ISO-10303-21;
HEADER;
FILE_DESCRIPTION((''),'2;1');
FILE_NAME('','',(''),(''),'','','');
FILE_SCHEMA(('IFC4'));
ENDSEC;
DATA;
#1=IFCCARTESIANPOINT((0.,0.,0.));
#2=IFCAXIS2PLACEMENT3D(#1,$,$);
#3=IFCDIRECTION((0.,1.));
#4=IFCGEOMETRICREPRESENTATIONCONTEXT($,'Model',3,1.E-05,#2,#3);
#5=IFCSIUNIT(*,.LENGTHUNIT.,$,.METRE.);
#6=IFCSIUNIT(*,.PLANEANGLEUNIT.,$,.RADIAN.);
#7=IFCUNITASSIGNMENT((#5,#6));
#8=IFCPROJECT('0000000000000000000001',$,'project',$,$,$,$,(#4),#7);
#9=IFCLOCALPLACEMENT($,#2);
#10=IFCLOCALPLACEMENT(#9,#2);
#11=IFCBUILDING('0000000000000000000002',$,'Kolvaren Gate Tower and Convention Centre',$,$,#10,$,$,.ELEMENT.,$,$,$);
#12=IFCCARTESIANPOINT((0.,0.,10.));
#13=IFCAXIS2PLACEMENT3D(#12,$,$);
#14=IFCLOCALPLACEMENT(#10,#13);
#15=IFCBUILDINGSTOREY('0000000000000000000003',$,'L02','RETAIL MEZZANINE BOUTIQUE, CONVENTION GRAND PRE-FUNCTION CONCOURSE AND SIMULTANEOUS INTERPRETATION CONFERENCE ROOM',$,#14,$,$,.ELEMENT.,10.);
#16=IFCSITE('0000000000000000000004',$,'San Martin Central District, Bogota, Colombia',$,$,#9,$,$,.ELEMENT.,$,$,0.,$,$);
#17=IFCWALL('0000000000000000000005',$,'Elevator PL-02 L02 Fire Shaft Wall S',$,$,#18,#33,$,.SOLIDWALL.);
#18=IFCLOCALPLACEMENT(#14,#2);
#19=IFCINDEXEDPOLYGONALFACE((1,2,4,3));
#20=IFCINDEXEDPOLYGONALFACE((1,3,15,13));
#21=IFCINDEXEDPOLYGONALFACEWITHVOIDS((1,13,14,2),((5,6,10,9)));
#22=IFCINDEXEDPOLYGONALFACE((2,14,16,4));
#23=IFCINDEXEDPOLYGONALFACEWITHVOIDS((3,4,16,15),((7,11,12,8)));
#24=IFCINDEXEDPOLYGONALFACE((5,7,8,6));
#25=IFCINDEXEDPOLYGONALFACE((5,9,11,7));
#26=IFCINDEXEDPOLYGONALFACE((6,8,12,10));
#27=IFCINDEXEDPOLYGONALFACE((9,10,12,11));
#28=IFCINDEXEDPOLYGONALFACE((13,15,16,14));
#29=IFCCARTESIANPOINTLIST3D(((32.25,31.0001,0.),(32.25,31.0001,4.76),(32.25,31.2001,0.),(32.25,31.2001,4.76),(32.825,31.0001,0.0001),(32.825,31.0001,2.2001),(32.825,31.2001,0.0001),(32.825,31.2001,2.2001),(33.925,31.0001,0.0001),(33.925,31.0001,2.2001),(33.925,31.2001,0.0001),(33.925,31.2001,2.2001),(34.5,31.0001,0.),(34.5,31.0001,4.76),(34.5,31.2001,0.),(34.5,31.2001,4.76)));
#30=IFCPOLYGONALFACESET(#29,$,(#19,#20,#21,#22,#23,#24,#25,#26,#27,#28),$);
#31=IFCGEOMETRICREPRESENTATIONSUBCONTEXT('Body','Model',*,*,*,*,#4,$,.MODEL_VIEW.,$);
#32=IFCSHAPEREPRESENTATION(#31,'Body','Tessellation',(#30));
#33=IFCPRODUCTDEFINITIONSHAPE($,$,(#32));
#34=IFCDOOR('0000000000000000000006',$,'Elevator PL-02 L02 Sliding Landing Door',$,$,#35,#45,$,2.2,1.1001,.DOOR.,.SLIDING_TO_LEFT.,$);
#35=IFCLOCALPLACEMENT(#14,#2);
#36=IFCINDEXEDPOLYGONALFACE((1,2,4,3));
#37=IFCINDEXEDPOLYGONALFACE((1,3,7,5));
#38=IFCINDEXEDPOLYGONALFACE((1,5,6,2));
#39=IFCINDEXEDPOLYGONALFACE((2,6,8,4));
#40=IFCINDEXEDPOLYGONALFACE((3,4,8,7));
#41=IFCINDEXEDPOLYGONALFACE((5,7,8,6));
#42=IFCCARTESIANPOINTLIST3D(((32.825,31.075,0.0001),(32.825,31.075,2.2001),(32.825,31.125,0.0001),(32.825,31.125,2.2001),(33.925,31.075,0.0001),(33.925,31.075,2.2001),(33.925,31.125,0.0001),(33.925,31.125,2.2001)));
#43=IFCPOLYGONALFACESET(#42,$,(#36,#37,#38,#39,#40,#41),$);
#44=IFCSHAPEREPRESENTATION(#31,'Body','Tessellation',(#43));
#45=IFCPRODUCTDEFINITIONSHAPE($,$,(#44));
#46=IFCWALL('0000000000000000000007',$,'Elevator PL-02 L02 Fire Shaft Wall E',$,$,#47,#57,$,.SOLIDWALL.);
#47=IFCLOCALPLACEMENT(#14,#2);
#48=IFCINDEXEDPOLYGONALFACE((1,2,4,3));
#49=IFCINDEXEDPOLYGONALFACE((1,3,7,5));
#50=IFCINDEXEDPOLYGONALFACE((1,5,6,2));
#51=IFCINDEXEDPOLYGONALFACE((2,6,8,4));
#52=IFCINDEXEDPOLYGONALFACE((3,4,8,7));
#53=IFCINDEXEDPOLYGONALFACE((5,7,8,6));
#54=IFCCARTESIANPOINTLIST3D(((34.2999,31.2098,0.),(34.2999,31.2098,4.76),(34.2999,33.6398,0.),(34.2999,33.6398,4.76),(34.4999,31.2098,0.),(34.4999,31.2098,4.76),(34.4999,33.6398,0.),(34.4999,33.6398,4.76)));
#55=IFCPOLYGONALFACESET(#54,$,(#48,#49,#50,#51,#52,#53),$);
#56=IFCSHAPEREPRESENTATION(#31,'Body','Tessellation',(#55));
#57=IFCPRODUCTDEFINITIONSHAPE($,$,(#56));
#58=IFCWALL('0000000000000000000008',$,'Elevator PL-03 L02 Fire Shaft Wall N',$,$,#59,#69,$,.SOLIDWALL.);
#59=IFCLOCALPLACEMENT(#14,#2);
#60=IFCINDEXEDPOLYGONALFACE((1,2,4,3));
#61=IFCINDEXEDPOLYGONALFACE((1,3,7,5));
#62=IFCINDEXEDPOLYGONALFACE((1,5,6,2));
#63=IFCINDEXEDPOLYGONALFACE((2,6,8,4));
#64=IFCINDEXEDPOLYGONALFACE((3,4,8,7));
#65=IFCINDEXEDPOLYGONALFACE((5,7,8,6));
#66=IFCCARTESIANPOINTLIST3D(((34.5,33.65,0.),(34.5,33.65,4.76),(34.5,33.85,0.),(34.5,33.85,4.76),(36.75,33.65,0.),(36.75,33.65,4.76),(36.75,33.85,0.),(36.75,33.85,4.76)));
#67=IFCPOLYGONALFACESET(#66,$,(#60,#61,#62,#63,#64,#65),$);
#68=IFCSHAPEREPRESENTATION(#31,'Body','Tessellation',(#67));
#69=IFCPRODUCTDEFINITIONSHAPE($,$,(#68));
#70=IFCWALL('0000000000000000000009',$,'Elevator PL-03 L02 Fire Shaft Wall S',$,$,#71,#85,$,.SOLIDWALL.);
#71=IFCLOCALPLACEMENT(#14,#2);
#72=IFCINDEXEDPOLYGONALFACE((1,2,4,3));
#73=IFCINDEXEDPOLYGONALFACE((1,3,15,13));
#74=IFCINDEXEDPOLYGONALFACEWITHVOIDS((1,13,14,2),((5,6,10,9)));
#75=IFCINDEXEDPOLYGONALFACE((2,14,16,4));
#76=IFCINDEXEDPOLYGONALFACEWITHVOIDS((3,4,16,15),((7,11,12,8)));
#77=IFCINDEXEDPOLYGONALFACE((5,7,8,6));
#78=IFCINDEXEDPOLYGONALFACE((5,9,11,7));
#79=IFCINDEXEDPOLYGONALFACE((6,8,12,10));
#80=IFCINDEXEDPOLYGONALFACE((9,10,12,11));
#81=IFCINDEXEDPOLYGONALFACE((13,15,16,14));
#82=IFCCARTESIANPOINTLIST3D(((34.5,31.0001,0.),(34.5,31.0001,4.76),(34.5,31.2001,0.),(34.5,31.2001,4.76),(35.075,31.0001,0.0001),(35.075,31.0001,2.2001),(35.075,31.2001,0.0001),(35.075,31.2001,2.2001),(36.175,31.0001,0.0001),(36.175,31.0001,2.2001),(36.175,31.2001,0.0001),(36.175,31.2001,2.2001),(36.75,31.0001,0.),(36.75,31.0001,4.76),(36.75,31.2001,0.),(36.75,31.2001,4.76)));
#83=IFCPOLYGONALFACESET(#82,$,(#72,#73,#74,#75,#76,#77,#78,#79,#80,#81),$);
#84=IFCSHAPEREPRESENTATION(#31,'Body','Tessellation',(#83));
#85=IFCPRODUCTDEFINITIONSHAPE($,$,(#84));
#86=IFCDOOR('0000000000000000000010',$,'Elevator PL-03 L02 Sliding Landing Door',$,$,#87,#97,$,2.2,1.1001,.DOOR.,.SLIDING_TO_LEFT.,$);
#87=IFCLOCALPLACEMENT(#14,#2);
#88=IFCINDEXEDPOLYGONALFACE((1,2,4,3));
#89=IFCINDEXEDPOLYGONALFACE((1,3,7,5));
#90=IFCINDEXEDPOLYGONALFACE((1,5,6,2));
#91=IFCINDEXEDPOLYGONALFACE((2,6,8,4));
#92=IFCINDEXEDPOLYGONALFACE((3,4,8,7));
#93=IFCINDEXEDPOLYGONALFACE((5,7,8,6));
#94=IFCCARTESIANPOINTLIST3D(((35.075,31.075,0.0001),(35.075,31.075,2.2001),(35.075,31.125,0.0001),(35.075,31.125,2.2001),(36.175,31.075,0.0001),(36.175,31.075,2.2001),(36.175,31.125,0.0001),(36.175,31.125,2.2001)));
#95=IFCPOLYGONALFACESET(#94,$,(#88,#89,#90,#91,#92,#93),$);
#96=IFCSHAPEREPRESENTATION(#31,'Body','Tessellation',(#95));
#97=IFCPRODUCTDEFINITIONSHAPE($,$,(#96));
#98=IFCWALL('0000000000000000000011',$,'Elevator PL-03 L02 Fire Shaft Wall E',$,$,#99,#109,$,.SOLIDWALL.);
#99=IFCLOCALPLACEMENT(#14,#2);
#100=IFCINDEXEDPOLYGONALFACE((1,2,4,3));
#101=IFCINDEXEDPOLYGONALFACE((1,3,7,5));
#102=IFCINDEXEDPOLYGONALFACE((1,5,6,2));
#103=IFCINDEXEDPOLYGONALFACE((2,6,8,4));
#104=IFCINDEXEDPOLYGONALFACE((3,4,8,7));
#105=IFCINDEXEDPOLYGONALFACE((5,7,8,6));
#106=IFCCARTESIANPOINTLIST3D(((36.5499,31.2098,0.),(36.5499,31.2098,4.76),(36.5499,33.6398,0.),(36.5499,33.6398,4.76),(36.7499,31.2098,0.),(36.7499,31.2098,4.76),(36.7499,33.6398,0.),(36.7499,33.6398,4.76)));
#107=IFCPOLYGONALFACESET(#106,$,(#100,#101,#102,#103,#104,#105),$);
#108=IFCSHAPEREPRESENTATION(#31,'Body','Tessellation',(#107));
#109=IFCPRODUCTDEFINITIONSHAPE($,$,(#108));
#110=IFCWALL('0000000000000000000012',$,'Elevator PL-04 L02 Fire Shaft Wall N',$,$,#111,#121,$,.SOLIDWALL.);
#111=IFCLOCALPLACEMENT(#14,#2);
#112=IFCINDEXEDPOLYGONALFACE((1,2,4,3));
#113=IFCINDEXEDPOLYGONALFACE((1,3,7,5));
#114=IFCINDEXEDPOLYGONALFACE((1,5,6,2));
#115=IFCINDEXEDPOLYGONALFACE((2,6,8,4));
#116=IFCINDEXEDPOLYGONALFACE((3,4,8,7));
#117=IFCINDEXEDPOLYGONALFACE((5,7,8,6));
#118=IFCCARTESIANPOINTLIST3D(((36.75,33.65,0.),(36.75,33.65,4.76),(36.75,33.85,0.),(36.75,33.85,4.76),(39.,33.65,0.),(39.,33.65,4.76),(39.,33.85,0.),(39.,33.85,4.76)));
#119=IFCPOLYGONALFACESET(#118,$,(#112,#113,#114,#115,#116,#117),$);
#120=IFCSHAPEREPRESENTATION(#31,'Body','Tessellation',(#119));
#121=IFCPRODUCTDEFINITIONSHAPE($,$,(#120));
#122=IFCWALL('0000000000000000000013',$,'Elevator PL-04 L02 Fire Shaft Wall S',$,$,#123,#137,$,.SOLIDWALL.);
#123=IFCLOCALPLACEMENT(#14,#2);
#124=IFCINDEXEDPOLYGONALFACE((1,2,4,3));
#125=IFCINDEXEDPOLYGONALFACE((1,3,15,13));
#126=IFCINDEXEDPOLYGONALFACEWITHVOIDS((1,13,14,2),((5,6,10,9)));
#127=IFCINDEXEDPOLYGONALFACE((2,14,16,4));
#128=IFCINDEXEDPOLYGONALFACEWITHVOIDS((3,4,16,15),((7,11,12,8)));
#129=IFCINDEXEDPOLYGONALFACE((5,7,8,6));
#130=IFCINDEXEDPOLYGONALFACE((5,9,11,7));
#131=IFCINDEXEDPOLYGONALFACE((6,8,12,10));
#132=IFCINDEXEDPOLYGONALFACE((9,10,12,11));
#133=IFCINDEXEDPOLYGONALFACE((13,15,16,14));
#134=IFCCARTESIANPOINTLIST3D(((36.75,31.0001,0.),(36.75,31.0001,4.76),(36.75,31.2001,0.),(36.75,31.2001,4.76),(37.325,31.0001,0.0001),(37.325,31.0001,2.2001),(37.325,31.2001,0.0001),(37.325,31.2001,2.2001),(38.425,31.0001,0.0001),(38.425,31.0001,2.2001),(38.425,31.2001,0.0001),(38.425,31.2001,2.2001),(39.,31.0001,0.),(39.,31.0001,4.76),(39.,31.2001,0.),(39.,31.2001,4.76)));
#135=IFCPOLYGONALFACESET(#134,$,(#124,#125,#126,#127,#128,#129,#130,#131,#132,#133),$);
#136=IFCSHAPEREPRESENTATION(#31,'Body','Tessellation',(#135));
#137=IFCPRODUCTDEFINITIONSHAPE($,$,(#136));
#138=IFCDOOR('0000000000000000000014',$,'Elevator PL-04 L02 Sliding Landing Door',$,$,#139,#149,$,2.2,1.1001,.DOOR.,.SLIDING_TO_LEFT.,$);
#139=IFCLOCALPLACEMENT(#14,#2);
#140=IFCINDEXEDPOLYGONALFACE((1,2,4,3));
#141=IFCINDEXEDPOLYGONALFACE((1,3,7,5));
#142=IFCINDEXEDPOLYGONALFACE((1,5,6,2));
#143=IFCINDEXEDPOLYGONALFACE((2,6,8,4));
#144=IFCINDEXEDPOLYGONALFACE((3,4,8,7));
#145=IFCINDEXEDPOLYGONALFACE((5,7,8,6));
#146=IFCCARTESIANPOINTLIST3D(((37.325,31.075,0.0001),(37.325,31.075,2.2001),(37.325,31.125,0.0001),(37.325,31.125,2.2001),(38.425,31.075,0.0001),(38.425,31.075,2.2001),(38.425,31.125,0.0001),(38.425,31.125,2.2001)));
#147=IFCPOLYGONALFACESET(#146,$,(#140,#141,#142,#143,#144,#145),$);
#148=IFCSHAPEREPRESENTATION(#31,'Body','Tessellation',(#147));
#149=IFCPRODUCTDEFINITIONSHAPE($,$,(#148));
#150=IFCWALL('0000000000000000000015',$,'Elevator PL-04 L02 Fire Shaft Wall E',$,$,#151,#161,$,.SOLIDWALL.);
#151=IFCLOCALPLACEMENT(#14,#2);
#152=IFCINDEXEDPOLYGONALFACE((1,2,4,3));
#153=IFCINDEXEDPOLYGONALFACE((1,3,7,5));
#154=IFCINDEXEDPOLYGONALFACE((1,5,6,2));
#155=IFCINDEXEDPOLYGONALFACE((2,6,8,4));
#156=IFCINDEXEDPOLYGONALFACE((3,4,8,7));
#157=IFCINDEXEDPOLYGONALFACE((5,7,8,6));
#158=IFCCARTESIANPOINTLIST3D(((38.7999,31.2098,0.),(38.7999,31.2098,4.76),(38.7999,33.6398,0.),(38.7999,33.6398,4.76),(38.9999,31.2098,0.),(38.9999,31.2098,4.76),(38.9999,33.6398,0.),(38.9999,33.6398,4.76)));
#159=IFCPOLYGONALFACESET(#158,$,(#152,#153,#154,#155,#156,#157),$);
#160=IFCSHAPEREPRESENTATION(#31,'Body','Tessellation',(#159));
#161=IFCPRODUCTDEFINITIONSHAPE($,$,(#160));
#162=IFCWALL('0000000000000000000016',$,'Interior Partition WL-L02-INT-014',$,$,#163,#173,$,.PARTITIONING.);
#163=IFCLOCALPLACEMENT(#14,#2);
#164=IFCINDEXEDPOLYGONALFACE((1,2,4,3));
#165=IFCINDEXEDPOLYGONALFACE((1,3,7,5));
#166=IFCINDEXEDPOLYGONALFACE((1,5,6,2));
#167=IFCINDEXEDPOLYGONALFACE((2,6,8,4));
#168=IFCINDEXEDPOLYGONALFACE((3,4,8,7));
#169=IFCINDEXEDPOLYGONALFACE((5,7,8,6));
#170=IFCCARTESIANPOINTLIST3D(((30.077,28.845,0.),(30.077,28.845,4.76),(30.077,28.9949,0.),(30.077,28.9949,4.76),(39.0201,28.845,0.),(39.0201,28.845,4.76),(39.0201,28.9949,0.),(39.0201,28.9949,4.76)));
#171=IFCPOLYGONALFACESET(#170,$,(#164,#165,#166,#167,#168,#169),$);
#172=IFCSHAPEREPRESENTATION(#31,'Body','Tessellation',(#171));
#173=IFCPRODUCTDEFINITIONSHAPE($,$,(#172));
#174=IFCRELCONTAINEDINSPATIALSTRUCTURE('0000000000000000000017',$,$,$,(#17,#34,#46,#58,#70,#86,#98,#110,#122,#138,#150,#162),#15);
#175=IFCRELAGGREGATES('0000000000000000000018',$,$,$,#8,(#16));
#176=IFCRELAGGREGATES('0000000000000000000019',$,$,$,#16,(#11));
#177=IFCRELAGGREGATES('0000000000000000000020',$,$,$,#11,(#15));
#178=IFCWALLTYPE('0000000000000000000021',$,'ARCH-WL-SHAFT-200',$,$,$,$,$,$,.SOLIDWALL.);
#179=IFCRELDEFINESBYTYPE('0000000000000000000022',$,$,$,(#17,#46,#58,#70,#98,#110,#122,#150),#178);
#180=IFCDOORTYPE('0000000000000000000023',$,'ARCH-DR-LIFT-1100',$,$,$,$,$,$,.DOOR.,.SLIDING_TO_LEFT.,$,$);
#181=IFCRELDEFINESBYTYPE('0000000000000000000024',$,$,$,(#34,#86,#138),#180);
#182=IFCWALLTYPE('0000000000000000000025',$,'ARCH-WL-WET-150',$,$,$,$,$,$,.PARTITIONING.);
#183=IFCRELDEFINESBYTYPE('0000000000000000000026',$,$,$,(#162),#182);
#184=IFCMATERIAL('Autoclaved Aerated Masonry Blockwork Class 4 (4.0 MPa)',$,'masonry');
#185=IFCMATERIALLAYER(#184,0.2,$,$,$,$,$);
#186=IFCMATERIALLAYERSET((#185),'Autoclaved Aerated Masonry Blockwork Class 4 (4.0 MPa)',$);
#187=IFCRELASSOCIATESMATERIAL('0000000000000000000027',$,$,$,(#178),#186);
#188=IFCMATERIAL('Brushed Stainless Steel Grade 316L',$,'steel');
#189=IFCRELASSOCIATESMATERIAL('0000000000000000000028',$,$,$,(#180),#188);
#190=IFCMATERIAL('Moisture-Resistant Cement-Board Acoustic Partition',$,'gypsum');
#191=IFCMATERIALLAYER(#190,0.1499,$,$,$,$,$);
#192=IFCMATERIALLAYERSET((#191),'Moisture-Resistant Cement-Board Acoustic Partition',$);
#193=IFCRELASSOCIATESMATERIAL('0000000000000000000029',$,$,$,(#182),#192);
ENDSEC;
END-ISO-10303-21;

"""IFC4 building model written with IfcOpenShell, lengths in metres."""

from ifc_helpers import new_model, si_unit, direction, frame, frame_2d, origin, place, context, subcontext, project, spatial, rectangle, extrude, material, layer, layer_set, type_object, element, fill, save


model = new_model("IFC4")

# Units and contexts
model_context = context("Model", 3, precision=1e-05, world=origin(), true_north=direction((0.0, 1.0)))
body_context = subcontext(model_context, "Body", "Model", "MODEL_VIEW")
ifc_project = project(units=[si_unit("LENGTHUNIT", "METRE"), si_unit("PLANEANGLEUNIT", "RADIAN")], contexts=[model_context])

# Site, building, storey
site_placement = place(None, origin())
site = spatial("IfcSite", under=ifc_project, at=site_placement, Name="San Martin Central District, Bogota, Colombia", CompositionType="ELEMENT", RefElevation=0.0)
building_placement = place(site_placement, origin())
building = spatial("IfcBuilding", under=site, at=building_placement, Name="Kolvaren Gate Tower and Convention Centre", CompositionType="ELEMENT")
storey_placement = place(building_placement, frame((0.0, 0.0, 10.0)))
storey = spatial("IfcBuildingStorey", under=building, at=storey_placement, Name="L02", Description="RETAIL MEZZANINE BOUTIQUE, CONVENTION GRAND PRE-FUNCTION CONCOURSE AND SIMULTANEOUS INTERPRETATION CONFERENCE ROOM", CompositionType="ELEMENT", Elevation=10.0)

# Shared definitions
ifc_material_1 = material(Name="Autoclaved Aerated Masonry Blockwork Class 4 (4.0 MPa)", Category="masonry")
ifc_layer_1 = layer(ifc_material_1, 0.2)
ifc_layer_set_1 = layer_set([ifc_layer_1], Name="Autoclaved Aerated Masonry Blockwork Class 4 (4.0 MPa)")
wall_type_1 = type_object("IfcWallType", Name="ARCH-WL-SHAFT-200", PredefinedType="SOLIDWALL", material=ifc_layer_set_1)

# Shared definitions
ifc_material_2 = material(Name="Brushed Stainless Steel Grade 316L", Category="steel")
door_type_1 = type_object("IfcDoorType", Name="ARCH-DR-LIFT-1100", OperationType="SLIDING_TO_LEFT", PredefinedType="DOOR", material=ifc_material_2)

# Wall, opening, door
wall_1_placement = place(storey_placement, frame((32.25, 31.1001, 0.0), z_axis=(0.0, 0.0, 1.0), x_axis=(1.0, 0.0, 0.0)))
wall_1 = element("IfcWall", 1, at=wall_1_placement, inside=storey, type_object=wall_type_1, Name="Elevator PL-02 L02 Fire Shaft Wall S", PredefinedType="SOLIDWALL", context=body_context, shape_type="SweptSolid", body=[
    extrude(rectangle(XDim=2.25, YDim=0.2, at=frame_2d((1.125, 0.0))), origin(), (0.0, 0.0, 1.0), 4.76),
])
opening_1_placement = place(wall_1_placement, frame((0.575, 0.0, 0.0)))
opening_1 = element("IfcOpeningElement", 2, at=opening_1_placement, cuts=wall_1, PredefinedType="OPENING", context=body_context, shape_type="SweptSolid", body=[
    extrude(rectangle(XDim=1.1001, YDim=2.2, at=frame_2d((0.55, 1.1001))), frame((0.0, 0.1099, 0.0), z_axis=(0.0, -1.0, 0.0), x_axis=(1.0, 0.0, 0.0)), (0.0, 0.0, 1.0), 0.22),
])
door_1_placement = place(opening_1_placement, origin())
door_1 = element("IfcDoor", 3, at=door_1_placement, inside=storey, type_object=door_type_1, Name="Elevator PL-02 L02 Sliding Landing Door", OperationType="SLIDING_TO_LEFT", OverallHeight=2.2, OverallWidth=1.1001, PredefinedType="DOOR", context=body_context, shape_type="SweptSolid", body=[
    extrude(rectangle(XDim=1.1001, YDim=2.2, at=frame_2d((0.55, 1.1001))), frame((0.0, 0.0249, 0.0), z_axis=(0.0, -1.0, 0.0), x_axis=(1.0, 0.0, 0.0)), (0.0, 0.0, 1.0), 0.05),
])
fill(opening_1, door_1)

# Walls
wall_2_placement = place(storey_placement, frame((34.3999, 31.21, 0.0), z_axis=(0.0, 0.0, 1.0), x_axis=(0.0, 1.0, 0.0)))
element("IfcWall", 4, at=wall_2_placement, inside=storey, type_object=wall_type_1, Name="Elevator PL-02 L02 Fire Shaft Wall E", PredefinedType="SOLIDWALL", context=body_context, shape_type="SweptSolid", body=[
    extrude(rectangle(XDim=2.4299, YDim=0.2, at=frame_2d((1.2148, 0.0))), origin(), (0.0, 0.0, 1.0), 4.76),
])
wall_3_placement = place(storey_placement, frame((34.5, 33.75, 0.0), z_axis=(0.0, 0.0, 1.0), x_axis=(1.0, 0.0, 0.0)))
element("IfcWall", 5, at=wall_3_placement, inside=storey, type_object=wall_type_1, Name="Elevator PL-03 L02 Fire Shaft Wall N", PredefinedType="SOLIDWALL", context=body_context, shape_type="SweptSolid", body=[
    extrude(rectangle(XDim=2.25, YDim=0.2, at=frame_2d((1.125, 0.0))), origin(), (0.0, 0.0, 1.0), 4.76),
])

# Wall, opening, door
wall_4_placement = place(storey_placement, frame((34.5, 31.1001, 0.0), z_axis=(0.0, 0.0, 1.0), x_axis=(1.0, 0.0, 0.0)))
wall_4 = element("IfcWall", 6, at=wall_4_placement, inside=storey, type_object=wall_type_1, Name="Elevator PL-03 L02 Fire Shaft Wall S", PredefinedType="SOLIDWALL", context=body_context, shape_type="SweptSolid", body=[
    extrude(rectangle(XDim=2.25, YDim=0.2, at=frame_2d((1.125, 0.0))), origin(), (0.0, 0.0, 1.0), 4.76),
])
opening_2_placement = place(wall_4_placement, frame((0.575, 0.0, 0.0)))
opening_2 = element("IfcOpeningElement", 7, at=opening_2_placement, cuts=wall_4, PredefinedType="OPENING", context=body_context, shape_type="SweptSolid", body=[
    extrude(rectangle(XDim=1.1001, YDim=2.2, at=frame_2d((0.55, 1.1001))), frame((0.0, 0.1099, 0.0), z_axis=(0.0, -1.0, 0.0), x_axis=(1.0, 0.0, 0.0)), (0.0, 0.0, 1.0), 0.22),
])
door_2_placement = place(opening_2_placement, origin())
door_2 = element("IfcDoor", 8, at=door_2_placement, inside=storey, type_object=door_type_1, Name="Elevator PL-03 L02 Sliding Landing Door", OperationType="SLIDING_TO_LEFT", OverallHeight=2.2, OverallWidth=1.1001, PredefinedType="DOOR", context=body_context, shape_type="SweptSolid", body=[
    extrude(rectangle(XDim=1.1001, YDim=2.2, at=frame_2d((0.55, 1.1001))), frame((0.0, 0.0249, 0.0), z_axis=(0.0, -1.0, 0.0), x_axis=(1.0, 0.0, 0.0)), (0.0, 0.0, 1.0), 0.05),
])
fill(opening_2, door_2)

# Walls
wall_5_placement = place(storey_placement, frame((36.6499, 31.21, 0.0), z_axis=(0.0, 0.0, 1.0), x_axis=(0.0, 1.0, 0.0)))
element("IfcWall", 9, at=wall_5_placement, inside=storey, type_object=wall_type_1, Name="Elevator PL-03 L02 Fire Shaft Wall E", PredefinedType="SOLIDWALL", context=body_context, shape_type="SweptSolid", body=[
    extrude(rectangle(XDim=2.4299, YDim=0.2, at=frame_2d((1.2148, 0.0))), origin(), (0.0, 0.0, 1.0), 4.76),
])
wall_6_placement = place(storey_placement, frame((36.75, 33.75, 0.0), z_axis=(0.0, 0.0, 1.0), x_axis=(1.0, 0.0, 0.0)))
element("IfcWall", 10, at=wall_6_placement, inside=storey, type_object=wall_type_1, Name="Elevator PL-04 L02 Fire Shaft Wall N", PredefinedType="SOLIDWALL", context=body_context, shape_type="SweptSolid", body=[
    extrude(rectangle(XDim=2.25, YDim=0.2, at=frame_2d((1.125, 0.0))), origin(), (0.0, 0.0, 1.0), 4.76),
])

# Wall, opening, door
wall_7_placement = place(storey_placement, frame((36.75, 31.1001, 0.0), z_axis=(0.0, 0.0, 1.0), x_axis=(1.0, 0.0, 0.0)))
wall_7 = element("IfcWall", 11, at=wall_7_placement, inside=storey, type_object=wall_type_1, Name="Elevator PL-04 L02 Fire Shaft Wall S", PredefinedType="SOLIDWALL", context=body_context, shape_type="SweptSolid", body=[
    extrude(rectangle(XDim=2.25, YDim=0.2, at=frame_2d((1.125, 0.0))), origin(), (0.0, 0.0, 1.0), 4.76),
])
opening_3_placement = place(wall_7_placement, frame((0.575, 0.0, 0.0)))
opening_3 = element("IfcOpeningElement", 12, at=opening_3_placement, cuts=wall_7, PredefinedType="OPENING", context=body_context, shape_type="SweptSolid", body=[
    extrude(rectangle(XDim=1.1001, YDim=2.2, at=frame_2d((0.55, 1.1001))), frame((0.0, 0.1099, 0.0), z_axis=(0.0, -1.0, 0.0), x_axis=(1.0, 0.0, 0.0)), (0.0, 0.0, 1.0), 0.22),
])
door_3_placement = place(opening_3_placement, origin())
door_3 = element("IfcDoor", 13, at=door_3_placement, inside=storey, type_object=door_type_1, Name="Elevator PL-04 L02 Sliding Landing Door", OperationType="SLIDING_TO_LEFT", OverallHeight=2.2, OverallWidth=1.1001, PredefinedType="DOOR", context=body_context, shape_type="SweptSolid", body=[
    extrude(rectangle(XDim=1.1001, YDim=2.2, at=frame_2d((0.55, 1.1001))), frame((0.0, 0.0249, 0.0), z_axis=(0.0, -1.0, 0.0), x_axis=(1.0, 0.0, 0.0)), (0.0, 0.0, 1.0), 0.05),
])
fill(opening_3, door_3)

# Walls
wall_8_placement = place(storey_placement, frame((38.8999, 31.21, 0.0), z_axis=(0.0, 0.0, 1.0), x_axis=(0.0, 1.0, 0.0)))
element("IfcWall", 14, at=wall_8_placement, inside=storey, type_object=wall_type_1, Name="Elevator PL-04 L02 Fire Shaft Wall E", PredefinedType="SOLIDWALL", context=body_context, shape_type="SweptSolid", body=[
    extrude(rectangle(XDim=2.4299, YDim=0.2, at=frame_2d((1.2148, 0.0))), origin(), (0.0, 0.0, 1.0), 4.76),
])
ifc_material_3 = material(Name="Moisture-Resistant Cement-Board Acoustic Partition", Category="gypsum")
ifc_layer_2 = layer(ifc_material_3, 0.1499)
ifc_layer_set_2 = layer_set([ifc_layer_2], Name="Moisture-Resistant Cement-Board Acoustic Partition")
wall_type_2 = type_object("IfcWallType", Name="ARCH-WL-WET-150", PredefinedType="PARTITIONING", material=ifc_layer_set_2)
wall_9_placement = place(storey_placement, frame((30.0769, 28.9199, 0.0), z_axis=(0.0, 0.0, 1.0), x_axis=(1.0, 0.0, 0.0)))
element("IfcWall", 15, at=wall_9_placement, inside=storey, type_object=wall_type_2, Name="Interior Partition WL-L02-INT-014", PredefinedType="PARTITIONING", context=body_context, shape_type="SweptSolid", body=[
    extrude(rectangle(XDim=8.9431, YDim=0.1499, at=frame_2d((4.4717, 0.0))), origin(), (0.0, 0.0, 1.0), 4.76),
])

save(model, "model.ifc")
